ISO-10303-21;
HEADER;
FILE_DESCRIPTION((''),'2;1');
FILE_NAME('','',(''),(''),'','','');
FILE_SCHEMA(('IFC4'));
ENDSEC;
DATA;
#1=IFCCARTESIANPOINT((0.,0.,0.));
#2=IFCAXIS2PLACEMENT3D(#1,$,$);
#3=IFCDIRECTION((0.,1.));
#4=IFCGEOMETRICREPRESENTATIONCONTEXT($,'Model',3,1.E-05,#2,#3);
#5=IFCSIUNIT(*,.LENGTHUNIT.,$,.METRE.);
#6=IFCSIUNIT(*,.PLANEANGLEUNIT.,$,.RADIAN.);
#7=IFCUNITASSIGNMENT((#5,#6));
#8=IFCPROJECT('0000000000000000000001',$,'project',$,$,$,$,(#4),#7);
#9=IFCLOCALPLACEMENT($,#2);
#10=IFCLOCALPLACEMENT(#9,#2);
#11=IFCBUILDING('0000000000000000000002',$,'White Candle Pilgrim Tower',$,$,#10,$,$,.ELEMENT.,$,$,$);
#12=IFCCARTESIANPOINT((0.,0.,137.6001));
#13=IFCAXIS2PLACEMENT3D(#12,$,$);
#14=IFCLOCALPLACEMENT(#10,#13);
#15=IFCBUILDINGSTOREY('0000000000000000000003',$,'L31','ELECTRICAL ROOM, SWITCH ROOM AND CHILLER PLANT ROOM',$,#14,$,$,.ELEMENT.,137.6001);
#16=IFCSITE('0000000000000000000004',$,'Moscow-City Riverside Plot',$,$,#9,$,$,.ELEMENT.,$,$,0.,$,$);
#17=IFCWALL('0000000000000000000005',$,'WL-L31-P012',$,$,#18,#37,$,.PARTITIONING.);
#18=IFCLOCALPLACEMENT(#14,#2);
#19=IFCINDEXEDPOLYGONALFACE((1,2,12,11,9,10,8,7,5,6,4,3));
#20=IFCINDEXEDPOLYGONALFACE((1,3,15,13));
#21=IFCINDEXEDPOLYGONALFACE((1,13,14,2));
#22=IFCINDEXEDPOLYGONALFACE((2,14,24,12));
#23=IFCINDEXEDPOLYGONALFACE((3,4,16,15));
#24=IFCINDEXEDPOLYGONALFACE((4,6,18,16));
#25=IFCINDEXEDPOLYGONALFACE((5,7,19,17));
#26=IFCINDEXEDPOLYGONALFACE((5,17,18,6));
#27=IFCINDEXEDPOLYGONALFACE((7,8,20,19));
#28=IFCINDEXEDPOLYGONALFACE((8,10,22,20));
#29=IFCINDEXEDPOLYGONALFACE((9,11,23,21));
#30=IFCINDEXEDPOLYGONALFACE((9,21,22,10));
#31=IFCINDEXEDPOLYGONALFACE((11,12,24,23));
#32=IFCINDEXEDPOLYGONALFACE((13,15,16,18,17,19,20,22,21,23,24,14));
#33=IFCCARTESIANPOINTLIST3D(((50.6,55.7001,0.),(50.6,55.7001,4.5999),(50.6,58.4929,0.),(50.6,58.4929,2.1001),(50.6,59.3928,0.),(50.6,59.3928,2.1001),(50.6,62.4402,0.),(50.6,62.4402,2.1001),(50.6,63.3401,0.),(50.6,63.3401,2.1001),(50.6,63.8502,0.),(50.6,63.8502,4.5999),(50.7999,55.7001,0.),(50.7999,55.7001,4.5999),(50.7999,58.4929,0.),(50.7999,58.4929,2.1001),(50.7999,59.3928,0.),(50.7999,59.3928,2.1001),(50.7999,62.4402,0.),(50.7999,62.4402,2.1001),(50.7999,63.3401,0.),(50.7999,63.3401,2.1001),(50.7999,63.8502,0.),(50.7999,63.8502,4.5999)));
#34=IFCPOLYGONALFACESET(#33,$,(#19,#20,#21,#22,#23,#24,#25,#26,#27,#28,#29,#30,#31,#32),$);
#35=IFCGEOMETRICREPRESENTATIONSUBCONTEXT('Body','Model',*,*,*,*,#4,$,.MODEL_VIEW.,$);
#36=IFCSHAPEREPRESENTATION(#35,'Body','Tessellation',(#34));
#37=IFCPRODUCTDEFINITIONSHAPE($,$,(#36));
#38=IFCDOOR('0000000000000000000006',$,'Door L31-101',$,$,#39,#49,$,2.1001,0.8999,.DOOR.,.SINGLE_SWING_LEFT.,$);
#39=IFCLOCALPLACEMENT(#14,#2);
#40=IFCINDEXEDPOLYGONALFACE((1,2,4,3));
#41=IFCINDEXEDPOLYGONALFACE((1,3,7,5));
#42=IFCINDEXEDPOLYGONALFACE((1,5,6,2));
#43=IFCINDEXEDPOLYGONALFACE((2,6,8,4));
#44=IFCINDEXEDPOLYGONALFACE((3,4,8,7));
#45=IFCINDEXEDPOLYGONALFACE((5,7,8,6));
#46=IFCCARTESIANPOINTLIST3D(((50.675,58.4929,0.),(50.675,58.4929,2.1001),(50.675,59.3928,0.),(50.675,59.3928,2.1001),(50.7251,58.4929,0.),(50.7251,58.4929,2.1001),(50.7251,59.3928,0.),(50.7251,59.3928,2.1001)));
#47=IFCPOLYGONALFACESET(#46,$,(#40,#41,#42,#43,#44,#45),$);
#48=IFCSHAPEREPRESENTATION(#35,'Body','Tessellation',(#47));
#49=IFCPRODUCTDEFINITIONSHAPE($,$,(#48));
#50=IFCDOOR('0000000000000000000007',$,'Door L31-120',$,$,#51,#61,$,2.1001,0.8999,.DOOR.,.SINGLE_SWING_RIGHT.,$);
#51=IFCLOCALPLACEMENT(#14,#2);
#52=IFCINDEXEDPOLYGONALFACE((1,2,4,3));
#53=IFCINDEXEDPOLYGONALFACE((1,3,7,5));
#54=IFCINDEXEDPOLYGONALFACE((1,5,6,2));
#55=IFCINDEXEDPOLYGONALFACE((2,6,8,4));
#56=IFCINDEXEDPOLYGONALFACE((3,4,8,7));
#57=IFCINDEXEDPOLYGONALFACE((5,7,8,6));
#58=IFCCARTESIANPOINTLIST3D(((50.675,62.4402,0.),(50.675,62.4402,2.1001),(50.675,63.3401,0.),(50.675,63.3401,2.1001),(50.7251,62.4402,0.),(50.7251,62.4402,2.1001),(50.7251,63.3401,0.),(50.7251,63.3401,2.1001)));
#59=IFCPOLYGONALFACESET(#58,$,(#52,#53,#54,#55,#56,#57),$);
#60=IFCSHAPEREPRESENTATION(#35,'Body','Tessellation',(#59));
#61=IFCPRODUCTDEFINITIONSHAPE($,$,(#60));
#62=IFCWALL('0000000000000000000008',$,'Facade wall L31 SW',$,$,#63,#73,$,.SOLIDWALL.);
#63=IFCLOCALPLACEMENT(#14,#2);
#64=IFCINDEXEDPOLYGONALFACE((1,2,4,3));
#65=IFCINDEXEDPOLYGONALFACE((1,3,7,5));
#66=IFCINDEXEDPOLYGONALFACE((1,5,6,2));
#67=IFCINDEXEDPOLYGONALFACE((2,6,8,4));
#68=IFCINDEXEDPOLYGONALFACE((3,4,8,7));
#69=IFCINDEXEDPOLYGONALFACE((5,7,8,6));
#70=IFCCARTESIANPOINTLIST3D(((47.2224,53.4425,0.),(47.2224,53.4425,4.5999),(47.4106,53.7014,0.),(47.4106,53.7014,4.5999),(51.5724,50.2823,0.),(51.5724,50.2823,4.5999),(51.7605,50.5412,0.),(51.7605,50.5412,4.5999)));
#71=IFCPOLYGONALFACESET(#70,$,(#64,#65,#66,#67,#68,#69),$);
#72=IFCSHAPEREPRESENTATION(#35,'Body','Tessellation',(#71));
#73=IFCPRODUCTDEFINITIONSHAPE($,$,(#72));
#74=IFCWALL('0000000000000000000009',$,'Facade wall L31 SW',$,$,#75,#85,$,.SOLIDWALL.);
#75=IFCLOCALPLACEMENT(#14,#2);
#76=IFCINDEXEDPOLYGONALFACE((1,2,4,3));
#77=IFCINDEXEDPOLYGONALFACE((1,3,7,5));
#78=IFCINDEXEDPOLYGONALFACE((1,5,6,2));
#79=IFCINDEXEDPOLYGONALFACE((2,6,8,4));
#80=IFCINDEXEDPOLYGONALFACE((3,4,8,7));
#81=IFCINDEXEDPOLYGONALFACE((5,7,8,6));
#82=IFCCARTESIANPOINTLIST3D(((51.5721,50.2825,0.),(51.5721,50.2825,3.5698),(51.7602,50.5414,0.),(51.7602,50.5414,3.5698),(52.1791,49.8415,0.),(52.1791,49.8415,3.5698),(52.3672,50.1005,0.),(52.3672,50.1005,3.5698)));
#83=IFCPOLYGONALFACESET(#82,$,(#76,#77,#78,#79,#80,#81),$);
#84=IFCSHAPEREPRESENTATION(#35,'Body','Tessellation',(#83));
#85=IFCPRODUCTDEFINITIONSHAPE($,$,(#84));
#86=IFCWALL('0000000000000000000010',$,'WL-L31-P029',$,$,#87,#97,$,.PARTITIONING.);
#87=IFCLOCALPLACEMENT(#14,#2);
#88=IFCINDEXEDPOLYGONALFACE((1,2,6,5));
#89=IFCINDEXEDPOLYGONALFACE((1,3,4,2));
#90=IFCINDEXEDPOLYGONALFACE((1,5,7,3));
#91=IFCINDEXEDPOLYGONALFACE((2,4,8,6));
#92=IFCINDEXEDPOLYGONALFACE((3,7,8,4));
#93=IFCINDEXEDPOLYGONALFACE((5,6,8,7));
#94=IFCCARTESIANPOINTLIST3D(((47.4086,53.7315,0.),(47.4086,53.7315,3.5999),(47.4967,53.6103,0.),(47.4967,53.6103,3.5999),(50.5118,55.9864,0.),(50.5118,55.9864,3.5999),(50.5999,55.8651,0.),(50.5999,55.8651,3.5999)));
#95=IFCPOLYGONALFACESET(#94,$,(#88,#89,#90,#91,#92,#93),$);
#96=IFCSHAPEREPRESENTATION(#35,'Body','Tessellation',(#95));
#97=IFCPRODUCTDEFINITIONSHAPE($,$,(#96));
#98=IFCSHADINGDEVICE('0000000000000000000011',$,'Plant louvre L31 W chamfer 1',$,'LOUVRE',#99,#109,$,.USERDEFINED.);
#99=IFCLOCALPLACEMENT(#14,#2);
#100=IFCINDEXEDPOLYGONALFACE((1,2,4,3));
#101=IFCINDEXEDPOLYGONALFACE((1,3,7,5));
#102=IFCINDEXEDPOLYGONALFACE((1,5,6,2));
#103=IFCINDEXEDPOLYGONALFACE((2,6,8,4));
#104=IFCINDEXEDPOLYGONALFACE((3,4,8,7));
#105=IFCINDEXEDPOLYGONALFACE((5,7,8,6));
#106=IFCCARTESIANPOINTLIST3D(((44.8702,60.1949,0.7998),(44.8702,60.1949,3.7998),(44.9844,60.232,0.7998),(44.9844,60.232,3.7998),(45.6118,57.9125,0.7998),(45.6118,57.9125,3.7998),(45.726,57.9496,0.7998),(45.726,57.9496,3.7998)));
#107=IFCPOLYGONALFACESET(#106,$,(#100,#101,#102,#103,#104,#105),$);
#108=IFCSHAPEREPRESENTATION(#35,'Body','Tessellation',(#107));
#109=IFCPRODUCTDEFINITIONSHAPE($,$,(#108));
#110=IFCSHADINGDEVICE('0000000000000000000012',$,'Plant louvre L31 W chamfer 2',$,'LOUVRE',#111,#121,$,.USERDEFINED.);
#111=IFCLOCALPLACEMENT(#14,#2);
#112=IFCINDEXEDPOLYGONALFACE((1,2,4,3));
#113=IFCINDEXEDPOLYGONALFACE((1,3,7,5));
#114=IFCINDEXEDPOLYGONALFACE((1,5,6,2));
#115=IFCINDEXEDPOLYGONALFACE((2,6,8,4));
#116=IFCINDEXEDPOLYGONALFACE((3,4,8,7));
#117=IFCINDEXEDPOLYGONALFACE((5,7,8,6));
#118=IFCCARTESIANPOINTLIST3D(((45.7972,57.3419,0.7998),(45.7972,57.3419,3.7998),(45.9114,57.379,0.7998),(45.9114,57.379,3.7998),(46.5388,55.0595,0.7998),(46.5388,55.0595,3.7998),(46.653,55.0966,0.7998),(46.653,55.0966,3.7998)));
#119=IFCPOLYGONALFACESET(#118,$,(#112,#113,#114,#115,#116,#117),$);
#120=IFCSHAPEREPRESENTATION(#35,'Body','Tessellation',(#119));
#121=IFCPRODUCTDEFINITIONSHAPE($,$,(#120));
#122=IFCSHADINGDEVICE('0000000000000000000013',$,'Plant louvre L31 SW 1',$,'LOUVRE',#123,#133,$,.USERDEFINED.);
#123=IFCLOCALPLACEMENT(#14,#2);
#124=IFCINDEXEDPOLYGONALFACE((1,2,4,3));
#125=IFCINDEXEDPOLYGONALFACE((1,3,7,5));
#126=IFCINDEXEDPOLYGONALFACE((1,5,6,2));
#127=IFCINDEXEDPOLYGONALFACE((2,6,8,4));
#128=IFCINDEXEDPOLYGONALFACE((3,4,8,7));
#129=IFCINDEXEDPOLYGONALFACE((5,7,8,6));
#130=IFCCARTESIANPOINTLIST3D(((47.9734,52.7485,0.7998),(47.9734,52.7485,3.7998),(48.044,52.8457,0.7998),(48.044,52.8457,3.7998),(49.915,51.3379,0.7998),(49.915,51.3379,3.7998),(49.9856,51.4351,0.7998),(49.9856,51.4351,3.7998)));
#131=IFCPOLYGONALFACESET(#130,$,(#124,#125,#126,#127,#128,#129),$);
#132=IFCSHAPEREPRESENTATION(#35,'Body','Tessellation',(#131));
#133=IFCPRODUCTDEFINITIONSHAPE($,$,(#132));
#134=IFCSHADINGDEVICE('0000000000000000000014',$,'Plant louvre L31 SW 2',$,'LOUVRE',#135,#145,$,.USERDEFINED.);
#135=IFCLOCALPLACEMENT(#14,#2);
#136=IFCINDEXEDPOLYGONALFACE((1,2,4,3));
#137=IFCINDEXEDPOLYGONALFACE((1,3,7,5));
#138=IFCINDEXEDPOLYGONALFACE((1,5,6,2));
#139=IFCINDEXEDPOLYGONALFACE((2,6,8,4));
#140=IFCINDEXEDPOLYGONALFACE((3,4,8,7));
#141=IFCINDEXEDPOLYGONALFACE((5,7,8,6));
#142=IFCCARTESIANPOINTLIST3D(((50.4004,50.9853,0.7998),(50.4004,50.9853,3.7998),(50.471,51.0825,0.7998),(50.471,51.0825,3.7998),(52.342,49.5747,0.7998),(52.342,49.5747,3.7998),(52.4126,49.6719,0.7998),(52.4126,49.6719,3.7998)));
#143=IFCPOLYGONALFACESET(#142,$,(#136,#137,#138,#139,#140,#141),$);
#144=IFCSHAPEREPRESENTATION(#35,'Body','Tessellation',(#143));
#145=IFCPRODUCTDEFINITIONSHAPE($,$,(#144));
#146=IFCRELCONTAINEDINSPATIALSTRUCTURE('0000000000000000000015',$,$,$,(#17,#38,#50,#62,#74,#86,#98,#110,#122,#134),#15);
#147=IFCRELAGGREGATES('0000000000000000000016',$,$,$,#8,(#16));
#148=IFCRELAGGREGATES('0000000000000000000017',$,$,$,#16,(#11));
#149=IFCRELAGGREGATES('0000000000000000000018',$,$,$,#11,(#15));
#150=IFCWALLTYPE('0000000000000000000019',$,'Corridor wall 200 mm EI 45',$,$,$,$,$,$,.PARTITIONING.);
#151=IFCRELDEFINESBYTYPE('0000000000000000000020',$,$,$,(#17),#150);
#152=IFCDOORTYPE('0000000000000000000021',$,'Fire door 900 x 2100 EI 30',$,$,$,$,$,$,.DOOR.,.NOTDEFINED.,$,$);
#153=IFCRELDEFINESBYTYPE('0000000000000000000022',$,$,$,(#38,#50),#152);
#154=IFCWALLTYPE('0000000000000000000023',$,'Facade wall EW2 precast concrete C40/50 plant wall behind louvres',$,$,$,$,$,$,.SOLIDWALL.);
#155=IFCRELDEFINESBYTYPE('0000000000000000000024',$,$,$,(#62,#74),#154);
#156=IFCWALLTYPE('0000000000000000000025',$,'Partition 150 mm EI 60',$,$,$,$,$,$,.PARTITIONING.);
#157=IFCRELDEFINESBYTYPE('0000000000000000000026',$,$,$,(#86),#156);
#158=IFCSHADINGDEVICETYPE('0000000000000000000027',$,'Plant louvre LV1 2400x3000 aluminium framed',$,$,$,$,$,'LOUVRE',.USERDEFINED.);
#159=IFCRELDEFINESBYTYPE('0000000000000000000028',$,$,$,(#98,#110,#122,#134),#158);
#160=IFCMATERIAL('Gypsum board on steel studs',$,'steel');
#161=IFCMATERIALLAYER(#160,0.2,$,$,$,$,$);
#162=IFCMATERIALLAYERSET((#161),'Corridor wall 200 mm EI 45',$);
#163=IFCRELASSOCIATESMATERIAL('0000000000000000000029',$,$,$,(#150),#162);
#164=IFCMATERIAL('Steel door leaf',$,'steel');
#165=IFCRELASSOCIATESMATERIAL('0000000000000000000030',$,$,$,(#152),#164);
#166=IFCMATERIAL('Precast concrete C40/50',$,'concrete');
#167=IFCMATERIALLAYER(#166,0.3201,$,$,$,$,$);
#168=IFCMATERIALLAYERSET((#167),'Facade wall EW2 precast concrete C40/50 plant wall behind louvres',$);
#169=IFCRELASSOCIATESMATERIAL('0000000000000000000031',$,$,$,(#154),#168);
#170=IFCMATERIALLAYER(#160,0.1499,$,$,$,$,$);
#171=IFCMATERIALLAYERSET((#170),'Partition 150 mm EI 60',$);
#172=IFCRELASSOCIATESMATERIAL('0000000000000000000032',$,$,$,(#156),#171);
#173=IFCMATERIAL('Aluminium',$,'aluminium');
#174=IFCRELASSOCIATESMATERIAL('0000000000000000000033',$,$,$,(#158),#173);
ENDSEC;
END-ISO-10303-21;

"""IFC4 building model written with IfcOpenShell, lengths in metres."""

from ifc_helpers import new_model, si_unit, direction, frame, frame_2d, origin, origin_2d, place, context, subcontext, project, spatial, rectangle, extrude, material, layer, layer_set, type_object, element, fill, save


model = new_model("IFC4")

# Units and contexts
model_context = context("Model", 3, precision=1e-05, world=origin(), true_north=direction((0.0, 1.0)))
body_context = subcontext(model_context, "Body", "Model", "MODEL_VIEW")
ifc_project = project(units=[si_unit("LENGTHUNIT", "METRE"), si_unit("PLANEANGLEUNIT", "RADIAN")], contexts=[model_context])

# Site, building, storey
site_placement = place(None, origin())
site = spatial("IfcSite", under=ifc_project, at=site_placement, Name="Moscow-City Riverside Plot", CompositionType="ELEMENT", RefElevation=0.0)
building_placement = place(site_placement, origin())
building = spatial("IfcBuilding", under=site, at=building_placement, Name="White Candle Pilgrim Tower", CompositionType="ELEMENT")
storey_placement = place(building_placement, frame((0.0, 0.0, 137.6001)))
storey = spatial("IfcBuildingStorey", under=building, at=storey_placement, Name="L31", Description="ELECTRICAL ROOM, SWITCH ROOM AND CHILLER PLANT ROOM", CompositionType="ELEMENT", Elevation=137.6001)

# Wall, openings, doors
ifc_material_1 = material(Name="Gypsum board on steel studs", Category="steel")
ifc_layer_1 = layer(ifc_material_1, 0.2)
ifc_layer_set_1 = layer_set([ifc_layer_1], Name="Corridor wall 200 mm EI 45")
wall_type_1 = type_object("IfcWallType", Name="Corridor wall 200 mm EI 45", PredefinedType="PARTITIONING", material=ifc_layer_set_1)
wall_1_placement = place(storey_placement, frame((50.7, 55.7, 0.0), z_axis=(0.0, 0.0, 1.0), x_axis=(0.0, 1.0, 0.0)))
wall_1 = element("IfcWall", 1, at=wall_1_placement, inside=storey, type_object=wall_type_1, Name="WL-L31-P012", PredefinedType="PARTITIONING", context=body_context, shape_type="SweptSolid", body=[
    extrude(rectangle(XDim=8.1501, YDim=0.2, at=frame_2d((4.0752, 0.0))), origin(), (0.0, 0.0, 1.0), 4.5999),
])
opening_1_placement = place(wall_1_placement, frame((2.793, 0.0, 0.0)))
opening_1 = element("IfcOpeningElement", 2, at=opening_1_placement, cuts=wall_1, PredefinedType="OPENING", context=body_context, shape_type="SweptSolid", body=[
    extrude(rectangle(XDim=0.8999, YDim=2.1001, at=frame_2d((0.45, 1.05))), frame((0.0, 0.1099, 0.0), z_axis=(0.0, -1.0, 0.0), x_axis=(1.0, 0.0, 0.0)), (0.0, 0.0, 1.0), 0.22),
])
opening_2_placement = place(wall_1_placement, frame((6.7402, 0.0, 0.0)))
opening_2 = element("IfcOpeningElement", 3, at=opening_2_placement, cuts=wall_1, PredefinedType="OPENING", context=body_context, shape_type="SweptSolid", body=[
    extrude(rectangle(XDim=0.8999, YDim=2.1001, at=frame_2d((0.45, 1.05))), frame((0.0, 0.1099, 0.0), z_axis=(0.0, -1.0, 0.0), x_axis=(1.0, 0.0, 0.0)), (0.0, 0.0, 1.0), 0.22),
])
ifc_material_2 = material(Name="Steel door leaf", Category="steel")
door_type = type_object("IfcDoorType", Name="Fire door 900 x 2100 EI 30", OperationType="NOTDEFINED", PredefinedType="DOOR", material=ifc_material_2)
door_1_placement = place(opening_1_placement, origin())
door_1 = element("IfcDoor", 4, at=door_1_placement, inside=storey, type_object=door_type, Name="Door L31-101", OperationType="SINGLE_SWING_LEFT", OverallHeight=2.1001, OverallWidth=0.8999, PredefinedType="DOOR", context=body_context, shape_type="SweptSolid", body=[
    extrude(rectangle(XDim=0.8999, YDim=2.1001, at=frame_2d((0.45, 1.05))), frame((0.0, 0.0249, 0.0), z_axis=(0.0, -1.0, 0.0), x_axis=(1.0, 0.0, 0.0)), (0.0, 0.0, 1.0), 0.05),
])
fill(opening_1, door_1)
door_2_placement = place(opening_2_placement, origin())
door_2 = element("IfcDoor", 5, at=door_2_placement, inside=storey, type_object=door_type, Name="Door L31-120", OperationType="SINGLE_SWING_RIGHT", OverallHeight=2.1001, OverallWidth=0.8999, PredefinedType="DOOR", context=body_context, shape_type="SweptSolid", body=[
    extrude(rectangle(XDim=0.8999, YDim=2.1001, at=frame_2d((0.45, 1.05))), frame((0.0, 0.0249, 0.0), z_axis=(0.0, -1.0, 0.0), x_axis=(1.0, 0.0, 0.0)), (0.0, 0.0, 1.0), 0.05),
])
fill(opening_2, door_2)

# Walls
ifc_material_3 = material(Name="Precast concrete C40/50", Category="concrete")
ifc_layer_2 = layer(ifc_material_3, 0.3201)
ifc_layer_set_2 = layer_set([ifc_layer_2], Name="Facade wall EW2 precast concrete C40/50 plant wall behind louvres")
wall_type_2 = type_object("IfcWallType", Name="Facade wall EW2 precast concrete C40/50 plant wall behind louvres", PredefinedType="SOLIDWALL", material=ifc_layer_set_2)
wall_2_placement = place(storey_placement, frame((47.3164, 53.572, 0.0), z_axis=(0.0, 0.0, 1.0), x_axis=(0.809034, -0.587761, 0.0)))
element("IfcWall", 6, at=wall_2_placement, inside=storey, type_object=wall_type_2, Name="Facade wall L31 SW", PredefinedType="SOLIDWALL", context=body_context, shape_type="SweptSolid", body=[
    extrude(rectangle(XDim=5.3767, YDim=0.3201, at=frame_2d((2.6885, 0.0))), origin(), (0.0, 0.0, 1.0), 4.5999),
])
wall_3_placement = place(storey_placement, frame((51.6663, 50.4119, 0.0), z_axis=(0.0, 0.0, 1.0), x_axis=(0.809046, -0.587746, 0.0)))
element("IfcWall", 7, at=wall_3_placement, inside=storey, type_object=wall_type_2, Name="Facade wall L31 SW", PredefinedType="SOLIDWALL", context=body_context, shape_type="SweptSolid", body=[
    extrude(rectangle(XDim=0.7502, YDim=0.3201, at=frame_2d((0.375, 0.0))), origin(), (0.0, 0.0, 1.0), 3.5698),
])
ifc_layer_3 = layer(ifc_material_1, 0.1499)
ifc_layer_set_3 = layer_set([ifc_layer_3], Name="Partition 150 mm EI 60")
wall_type_3 = type_object("IfcWallType", Name="Partition 150 mm EI 60", PredefinedType="PARTITIONING", material=ifc_layer_set_3)
wall_4_placement = place(storey_placement, frame((47.4526, 53.6709, 0.0), z_axis=(0.0, 0.0, 1.0), x_axis=(0.808989, 0.587823, 0.0)))
element("IfcWall", 8, at=wall_4_placement, inside=storey, type_object=wall_type_3, Name="WL-L31-P029", PredefinedType="PARTITIONING", context=body_context, shape_type="SweptSolid", body=[
    extrude(rectangle(XDim=3.8359, YDim=0.1499, at=frame_2d((1.918, 0.0))), origin(), (0.0, 0.0, 1.0), 3.5999),
])

# Shading devices
ifc_material_4 = material(Name="Aluminium", Category="aluminium")
shading_device_type = type_object("IfcShadingDeviceType", Name="Plant louvre LV1 2400x3000 aluminium framed", ElementType="LOUVRE", PredefinedType="USERDEFINED", material=ifc_material_4)
for number, where, z_axis, x_axis, name in (
    (9, (45.2981, 59.0723, 0.7998), (0.0, 0.0, 1.0), (0.309017, -0.951057, 0.0), "Plant louvre L31 W chamfer 1"),
    (10, (46.2251, 56.2192, 0.7998), (0.0, 0.0, 1.0), (0.309017, -0.951057, 0.0), "Plant louvre L31 W chamfer 2"),
    (11, (48.9795, 52.0918, 0.7998), (0.0, 0.0, 1.0), (0.809017, -0.587785, 0.0), "Plant louvre L31 SW 1"),
    (12, (51.4065, 50.3286, 0.7998), (0.0, 0.0, 1.0), (0.809017, -0.587785, 0.0), "Plant louvre L31 SW 2"),
):
    element("IfcShadingDevice", number, at=place(storey_placement, frame(where, z_axis=z_axis, x_axis=x_axis)), inside=storey, type_object=shading_device_type, Name=name, ObjectType="LOUVRE", PredefinedType="USERDEFINED", context=body_context, shape_type="SweptSolid", body=[
        extrude(rectangle(XDim=2.3999, YDim=0.1201, at=origin_2d()), origin(), (0.0, 0.0, 1.0), 3.0),
    ])

save(model, "model.ifc")
